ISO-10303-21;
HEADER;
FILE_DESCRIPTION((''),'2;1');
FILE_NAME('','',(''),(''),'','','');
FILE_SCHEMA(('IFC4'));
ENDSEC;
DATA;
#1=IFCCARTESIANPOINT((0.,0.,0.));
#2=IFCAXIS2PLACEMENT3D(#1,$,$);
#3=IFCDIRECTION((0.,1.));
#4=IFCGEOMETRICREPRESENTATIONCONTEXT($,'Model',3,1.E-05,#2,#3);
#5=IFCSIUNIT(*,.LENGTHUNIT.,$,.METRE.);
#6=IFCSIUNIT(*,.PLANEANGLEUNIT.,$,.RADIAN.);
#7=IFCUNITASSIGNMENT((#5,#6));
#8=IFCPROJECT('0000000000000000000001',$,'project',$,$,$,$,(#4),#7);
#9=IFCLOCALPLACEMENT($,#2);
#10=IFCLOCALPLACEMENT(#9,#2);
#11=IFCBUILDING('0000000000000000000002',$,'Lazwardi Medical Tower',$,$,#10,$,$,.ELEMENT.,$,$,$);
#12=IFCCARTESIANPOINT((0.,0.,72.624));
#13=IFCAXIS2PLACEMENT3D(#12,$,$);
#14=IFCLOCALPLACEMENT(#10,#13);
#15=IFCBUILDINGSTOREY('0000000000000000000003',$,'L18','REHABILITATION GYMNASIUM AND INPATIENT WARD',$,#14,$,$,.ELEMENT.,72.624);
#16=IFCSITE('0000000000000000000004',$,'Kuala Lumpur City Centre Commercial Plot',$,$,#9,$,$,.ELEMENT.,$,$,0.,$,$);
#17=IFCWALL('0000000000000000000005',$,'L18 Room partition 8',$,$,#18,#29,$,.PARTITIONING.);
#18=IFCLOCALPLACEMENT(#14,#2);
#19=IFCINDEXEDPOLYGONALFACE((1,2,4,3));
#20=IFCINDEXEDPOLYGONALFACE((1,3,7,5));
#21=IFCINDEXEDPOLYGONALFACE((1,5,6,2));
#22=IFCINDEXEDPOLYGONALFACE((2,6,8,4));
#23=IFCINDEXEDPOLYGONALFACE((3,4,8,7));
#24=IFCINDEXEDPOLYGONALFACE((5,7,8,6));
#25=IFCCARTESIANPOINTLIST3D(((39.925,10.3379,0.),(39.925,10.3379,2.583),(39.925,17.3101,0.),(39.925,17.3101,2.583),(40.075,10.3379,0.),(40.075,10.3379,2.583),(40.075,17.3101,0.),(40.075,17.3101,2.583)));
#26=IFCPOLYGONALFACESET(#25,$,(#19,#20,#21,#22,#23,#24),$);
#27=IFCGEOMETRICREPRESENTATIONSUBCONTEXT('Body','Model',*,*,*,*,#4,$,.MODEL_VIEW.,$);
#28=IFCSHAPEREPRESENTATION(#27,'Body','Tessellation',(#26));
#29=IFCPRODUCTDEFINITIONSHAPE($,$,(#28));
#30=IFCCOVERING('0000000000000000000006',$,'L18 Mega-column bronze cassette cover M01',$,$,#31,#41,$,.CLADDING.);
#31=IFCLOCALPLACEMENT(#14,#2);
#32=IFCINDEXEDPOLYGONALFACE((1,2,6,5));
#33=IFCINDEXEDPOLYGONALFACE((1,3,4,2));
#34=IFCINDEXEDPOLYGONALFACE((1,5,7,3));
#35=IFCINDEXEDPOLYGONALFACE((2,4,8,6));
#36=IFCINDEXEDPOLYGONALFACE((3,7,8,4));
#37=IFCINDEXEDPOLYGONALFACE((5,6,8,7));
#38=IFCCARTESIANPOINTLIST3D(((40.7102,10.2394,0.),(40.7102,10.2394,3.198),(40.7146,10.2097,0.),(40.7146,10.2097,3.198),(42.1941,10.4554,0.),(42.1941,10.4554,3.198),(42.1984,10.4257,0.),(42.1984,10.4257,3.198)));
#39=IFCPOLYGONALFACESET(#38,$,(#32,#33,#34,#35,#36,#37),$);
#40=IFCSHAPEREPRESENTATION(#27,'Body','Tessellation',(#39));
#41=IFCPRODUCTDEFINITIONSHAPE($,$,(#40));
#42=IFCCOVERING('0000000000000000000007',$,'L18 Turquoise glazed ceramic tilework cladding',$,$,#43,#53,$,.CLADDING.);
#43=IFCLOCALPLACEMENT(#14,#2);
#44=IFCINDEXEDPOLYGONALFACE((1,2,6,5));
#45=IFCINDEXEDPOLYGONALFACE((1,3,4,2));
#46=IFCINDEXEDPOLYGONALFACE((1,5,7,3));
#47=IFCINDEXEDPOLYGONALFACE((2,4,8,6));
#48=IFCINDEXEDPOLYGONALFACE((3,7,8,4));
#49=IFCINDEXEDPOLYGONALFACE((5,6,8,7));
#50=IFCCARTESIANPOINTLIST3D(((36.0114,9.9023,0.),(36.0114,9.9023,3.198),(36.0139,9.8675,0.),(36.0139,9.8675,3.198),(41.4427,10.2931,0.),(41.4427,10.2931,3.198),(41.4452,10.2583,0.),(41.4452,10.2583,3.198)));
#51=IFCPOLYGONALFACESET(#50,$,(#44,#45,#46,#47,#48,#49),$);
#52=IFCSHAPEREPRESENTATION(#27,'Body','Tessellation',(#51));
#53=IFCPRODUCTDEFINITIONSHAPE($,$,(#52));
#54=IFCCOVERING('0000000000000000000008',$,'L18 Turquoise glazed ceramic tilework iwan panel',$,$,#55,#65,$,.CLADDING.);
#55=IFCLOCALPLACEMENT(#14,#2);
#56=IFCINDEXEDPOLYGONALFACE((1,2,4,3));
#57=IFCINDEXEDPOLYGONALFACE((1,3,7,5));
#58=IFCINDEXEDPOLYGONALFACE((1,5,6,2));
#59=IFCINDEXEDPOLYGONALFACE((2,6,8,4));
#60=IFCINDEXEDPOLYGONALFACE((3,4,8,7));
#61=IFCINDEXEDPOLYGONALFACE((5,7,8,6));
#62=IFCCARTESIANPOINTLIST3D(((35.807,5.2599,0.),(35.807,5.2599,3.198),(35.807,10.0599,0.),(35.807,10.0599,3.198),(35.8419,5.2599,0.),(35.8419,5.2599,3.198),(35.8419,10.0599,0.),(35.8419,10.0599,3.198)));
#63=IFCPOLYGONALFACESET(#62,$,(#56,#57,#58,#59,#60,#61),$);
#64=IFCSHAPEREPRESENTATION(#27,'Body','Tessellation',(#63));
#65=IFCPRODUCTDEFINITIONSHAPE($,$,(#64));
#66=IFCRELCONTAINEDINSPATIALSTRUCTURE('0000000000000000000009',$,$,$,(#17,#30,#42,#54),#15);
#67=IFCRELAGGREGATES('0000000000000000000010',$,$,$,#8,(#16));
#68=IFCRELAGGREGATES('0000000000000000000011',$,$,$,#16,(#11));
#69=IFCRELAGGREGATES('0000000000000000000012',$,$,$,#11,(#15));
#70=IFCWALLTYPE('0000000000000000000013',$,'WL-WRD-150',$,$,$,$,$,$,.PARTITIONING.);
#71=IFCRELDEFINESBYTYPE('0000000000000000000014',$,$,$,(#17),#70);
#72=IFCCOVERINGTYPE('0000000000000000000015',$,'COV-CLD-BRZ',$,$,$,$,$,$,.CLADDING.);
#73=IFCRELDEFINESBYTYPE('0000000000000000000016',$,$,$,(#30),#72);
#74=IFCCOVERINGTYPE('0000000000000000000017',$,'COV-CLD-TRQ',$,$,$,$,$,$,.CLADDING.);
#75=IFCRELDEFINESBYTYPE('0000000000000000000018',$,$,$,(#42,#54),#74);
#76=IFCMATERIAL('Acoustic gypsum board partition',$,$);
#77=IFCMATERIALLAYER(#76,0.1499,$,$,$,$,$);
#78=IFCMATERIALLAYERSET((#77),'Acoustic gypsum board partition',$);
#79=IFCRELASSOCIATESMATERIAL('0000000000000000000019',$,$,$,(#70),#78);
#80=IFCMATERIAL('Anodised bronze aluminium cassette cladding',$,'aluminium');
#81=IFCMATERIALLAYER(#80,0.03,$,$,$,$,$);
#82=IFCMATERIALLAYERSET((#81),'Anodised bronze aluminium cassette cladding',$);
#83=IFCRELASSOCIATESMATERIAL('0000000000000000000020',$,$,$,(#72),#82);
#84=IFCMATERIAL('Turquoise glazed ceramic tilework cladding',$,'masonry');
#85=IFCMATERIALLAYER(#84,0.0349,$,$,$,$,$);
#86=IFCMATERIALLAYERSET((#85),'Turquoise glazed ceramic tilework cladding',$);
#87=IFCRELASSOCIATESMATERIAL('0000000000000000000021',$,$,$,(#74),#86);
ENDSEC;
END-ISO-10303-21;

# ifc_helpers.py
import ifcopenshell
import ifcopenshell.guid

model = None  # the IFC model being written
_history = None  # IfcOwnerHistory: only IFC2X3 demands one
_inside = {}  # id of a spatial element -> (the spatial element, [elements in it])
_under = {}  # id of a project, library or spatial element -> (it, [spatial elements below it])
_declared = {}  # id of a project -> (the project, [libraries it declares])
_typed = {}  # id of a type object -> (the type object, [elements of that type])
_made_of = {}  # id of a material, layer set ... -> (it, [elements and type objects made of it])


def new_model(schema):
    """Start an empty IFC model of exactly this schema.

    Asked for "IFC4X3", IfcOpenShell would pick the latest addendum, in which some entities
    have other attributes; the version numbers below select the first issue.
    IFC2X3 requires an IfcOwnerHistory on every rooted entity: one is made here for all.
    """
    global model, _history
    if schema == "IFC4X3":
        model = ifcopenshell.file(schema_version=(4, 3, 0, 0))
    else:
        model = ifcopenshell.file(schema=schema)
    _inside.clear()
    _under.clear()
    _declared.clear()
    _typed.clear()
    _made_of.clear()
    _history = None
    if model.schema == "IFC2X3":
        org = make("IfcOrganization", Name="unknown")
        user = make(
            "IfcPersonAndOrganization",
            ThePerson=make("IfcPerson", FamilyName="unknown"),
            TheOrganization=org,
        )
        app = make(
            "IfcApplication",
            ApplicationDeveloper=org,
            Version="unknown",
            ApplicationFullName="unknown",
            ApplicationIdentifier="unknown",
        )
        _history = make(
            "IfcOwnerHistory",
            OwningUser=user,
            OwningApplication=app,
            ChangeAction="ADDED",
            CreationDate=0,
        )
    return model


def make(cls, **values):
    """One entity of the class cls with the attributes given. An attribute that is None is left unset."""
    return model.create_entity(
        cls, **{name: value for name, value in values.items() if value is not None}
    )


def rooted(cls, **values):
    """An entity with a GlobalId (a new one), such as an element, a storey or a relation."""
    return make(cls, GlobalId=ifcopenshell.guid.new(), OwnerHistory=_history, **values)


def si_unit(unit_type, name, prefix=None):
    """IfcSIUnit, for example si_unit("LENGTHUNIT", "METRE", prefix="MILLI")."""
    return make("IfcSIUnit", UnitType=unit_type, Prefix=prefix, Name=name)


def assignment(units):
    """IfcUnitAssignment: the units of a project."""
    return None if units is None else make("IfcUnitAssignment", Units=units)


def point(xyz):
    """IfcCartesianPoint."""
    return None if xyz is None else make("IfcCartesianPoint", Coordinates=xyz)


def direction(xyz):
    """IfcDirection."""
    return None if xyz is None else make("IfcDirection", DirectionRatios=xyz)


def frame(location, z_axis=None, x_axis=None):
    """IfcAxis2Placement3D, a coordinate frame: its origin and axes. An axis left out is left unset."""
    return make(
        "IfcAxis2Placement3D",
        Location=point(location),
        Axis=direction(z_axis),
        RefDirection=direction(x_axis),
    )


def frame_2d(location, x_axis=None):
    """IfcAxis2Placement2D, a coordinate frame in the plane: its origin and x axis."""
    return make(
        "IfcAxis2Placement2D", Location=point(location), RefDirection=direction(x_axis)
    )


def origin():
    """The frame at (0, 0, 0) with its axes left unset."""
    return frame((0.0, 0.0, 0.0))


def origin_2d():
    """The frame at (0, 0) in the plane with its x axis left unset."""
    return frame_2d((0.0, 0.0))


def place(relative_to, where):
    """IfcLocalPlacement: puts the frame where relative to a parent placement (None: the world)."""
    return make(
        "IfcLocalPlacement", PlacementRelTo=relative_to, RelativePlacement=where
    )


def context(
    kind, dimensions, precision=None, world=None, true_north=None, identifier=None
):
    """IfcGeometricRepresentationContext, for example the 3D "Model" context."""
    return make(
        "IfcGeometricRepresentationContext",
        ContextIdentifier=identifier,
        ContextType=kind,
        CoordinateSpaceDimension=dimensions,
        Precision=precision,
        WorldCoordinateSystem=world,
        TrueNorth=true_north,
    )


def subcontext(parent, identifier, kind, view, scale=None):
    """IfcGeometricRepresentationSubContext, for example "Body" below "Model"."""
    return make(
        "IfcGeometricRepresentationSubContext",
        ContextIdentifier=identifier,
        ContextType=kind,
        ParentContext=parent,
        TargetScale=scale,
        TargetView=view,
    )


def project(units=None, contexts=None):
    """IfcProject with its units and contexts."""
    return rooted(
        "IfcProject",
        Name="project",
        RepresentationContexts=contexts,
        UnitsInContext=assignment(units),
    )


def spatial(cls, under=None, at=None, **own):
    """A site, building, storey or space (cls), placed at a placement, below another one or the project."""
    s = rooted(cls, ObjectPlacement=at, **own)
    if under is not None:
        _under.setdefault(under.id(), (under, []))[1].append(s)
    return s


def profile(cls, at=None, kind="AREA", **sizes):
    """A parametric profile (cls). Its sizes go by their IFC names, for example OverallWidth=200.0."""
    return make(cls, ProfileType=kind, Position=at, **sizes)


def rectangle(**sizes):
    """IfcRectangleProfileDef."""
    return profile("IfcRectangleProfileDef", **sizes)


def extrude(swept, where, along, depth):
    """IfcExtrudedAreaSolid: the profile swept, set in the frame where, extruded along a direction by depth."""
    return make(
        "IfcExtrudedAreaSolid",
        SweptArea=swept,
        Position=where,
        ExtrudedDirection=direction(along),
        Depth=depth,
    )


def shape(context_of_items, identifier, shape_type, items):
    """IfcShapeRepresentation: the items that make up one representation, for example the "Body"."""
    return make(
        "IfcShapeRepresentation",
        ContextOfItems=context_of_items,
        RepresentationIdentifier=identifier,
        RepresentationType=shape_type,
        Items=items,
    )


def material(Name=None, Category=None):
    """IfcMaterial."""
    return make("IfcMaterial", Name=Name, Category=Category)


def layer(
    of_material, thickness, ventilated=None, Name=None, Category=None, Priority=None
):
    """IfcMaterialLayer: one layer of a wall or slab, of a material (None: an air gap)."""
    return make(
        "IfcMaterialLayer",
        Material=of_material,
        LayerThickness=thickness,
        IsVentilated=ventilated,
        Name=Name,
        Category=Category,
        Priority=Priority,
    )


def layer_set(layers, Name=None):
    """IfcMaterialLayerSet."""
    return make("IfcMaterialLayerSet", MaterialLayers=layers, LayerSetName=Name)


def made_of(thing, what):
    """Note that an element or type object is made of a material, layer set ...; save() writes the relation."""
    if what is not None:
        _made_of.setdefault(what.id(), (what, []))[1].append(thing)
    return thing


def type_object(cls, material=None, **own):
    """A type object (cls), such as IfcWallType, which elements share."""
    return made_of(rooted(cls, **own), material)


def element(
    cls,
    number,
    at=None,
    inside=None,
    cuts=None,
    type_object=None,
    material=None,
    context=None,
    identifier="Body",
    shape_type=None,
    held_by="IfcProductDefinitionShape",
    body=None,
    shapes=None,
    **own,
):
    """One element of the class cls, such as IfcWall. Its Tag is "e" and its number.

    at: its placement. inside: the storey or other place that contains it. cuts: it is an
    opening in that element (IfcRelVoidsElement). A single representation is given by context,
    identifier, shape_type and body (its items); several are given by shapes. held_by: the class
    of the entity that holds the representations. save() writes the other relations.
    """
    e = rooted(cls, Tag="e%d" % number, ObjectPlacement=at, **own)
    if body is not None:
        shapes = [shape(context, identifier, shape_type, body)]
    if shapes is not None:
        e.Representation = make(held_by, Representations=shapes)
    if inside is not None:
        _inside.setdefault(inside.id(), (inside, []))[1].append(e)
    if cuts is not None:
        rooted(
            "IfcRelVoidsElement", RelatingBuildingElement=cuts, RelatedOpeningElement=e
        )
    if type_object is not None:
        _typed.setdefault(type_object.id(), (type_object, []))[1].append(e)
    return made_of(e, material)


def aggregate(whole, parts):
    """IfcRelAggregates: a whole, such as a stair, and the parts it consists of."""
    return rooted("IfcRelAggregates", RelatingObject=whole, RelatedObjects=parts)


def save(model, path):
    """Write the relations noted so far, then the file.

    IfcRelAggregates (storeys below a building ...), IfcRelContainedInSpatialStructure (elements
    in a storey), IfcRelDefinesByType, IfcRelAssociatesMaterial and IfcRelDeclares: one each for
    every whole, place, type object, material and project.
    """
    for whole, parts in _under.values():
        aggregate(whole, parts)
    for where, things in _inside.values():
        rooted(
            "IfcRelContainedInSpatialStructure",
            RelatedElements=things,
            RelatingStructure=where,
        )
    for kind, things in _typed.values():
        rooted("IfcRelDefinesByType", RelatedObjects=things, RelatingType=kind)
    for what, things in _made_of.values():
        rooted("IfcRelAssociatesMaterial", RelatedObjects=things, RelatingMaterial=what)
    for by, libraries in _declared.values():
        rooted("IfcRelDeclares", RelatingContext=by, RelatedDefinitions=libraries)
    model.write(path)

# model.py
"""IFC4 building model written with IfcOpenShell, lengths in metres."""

from ifc_helpers import new_model, si_unit, direction, frame, frame_2d, origin, origin_2d, place, context, subcontext, project, spatial, rectangle, extrude, material, layer, layer_set, type_object, element, save


model = new_model("IFC4")

# Units and contexts
model_context = context("Model", 3, precision=1e-05, world=origin(), true_north=direction((0.0, 1.0)))
body_context = subcontext(model_context, "Body", "Model", "MODEL_VIEW")
ifc_project = project(units=[si_unit("LENGTHUNIT", "METRE"), si_unit("PLANEANGLEUNIT", "RADIAN")], contexts=[model_context])

# Site, building, storey
site_placement = place(None, origin())
site = spatial("IfcSite", under=ifc_project, at=site_placement, Name="Kuala Lumpur City Centre Commercial Plot", CompositionType="ELEMENT", RefElevation=0.0)
building_placement = place(site_placement, origin())
building = spatial("IfcBuilding", under=site, at=building_placement, Name="Lazwardi Medical Tower", CompositionType="ELEMENT")
storey_placement = place(building_placement, frame((0.0, 0.0, 72.624)))
storey = spatial("IfcBuildingStorey", under=building, at=storey_placement, Name="L18", Description="REHABILITATION GYMNASIUM AND INPATIENT WARD", CompositionType="ELEMENT", Elevation=72.624)

# Wall
ifc_material_1 = material(Name="Acoustic gypsum board partition")
ifc_layer_1 = layer(ifc_material_1, 0.1499)
ifc_layer_set_1 = layer_set([ifc_layer_1], Name="Acoustic gypsum board partition")
wall_type_1 = type_object("IfcWallType", Name="WL-WRD-150", PredefinedType="PARTITIONING", material=ifc_layer_set_1)
wall_1_placement = place(storey_placement, frame((40.0, 10.3379, 0.0), z_axis=(0.0, 0.0, 1.0), x_axis=(0.0, 1.0, 0.0)))
element("IfcWall", 1, at=wall_1_placement, inside=storey, type_object=wall_type_1, Name="L18 Room partition 8", PredefinedType="PARTITIONING", context=body_context, shape_type="SweptSolid", body=[
    extrude(rectangle(XDim=6.9722, YDim=0.1499, at=frame_2d((3.4861, 0.0))), origin(), (0.0, 0.0, 1.0), 2.583),
])

# Coverings
ifc_material_2 = material(Name="Anodised bronze aluminium cassette cladding", Category="aluminium")
ifc_layer_2 = layer(ifc_material_2, 0.03)
ifc_layer_set_2 = layer_set([ifc_layer_2], Name="Anodised bronze aluminium cassette cladding")
covering_type_1 = type_object("IfcCoveringType", Name="COV-CLD-BRZ", PredefinedType="CLADDING", material=ifc_layer_set_2)
covering_1_placement = place(storey_placement, frame((41.4543, 10.3325, 0.0), z_axis=(0.0, 0.0, 1.0), x_axis=(0.989573, 0.144035, 0.0)))
element("IfcCovering", 2, at=covering_1_placement, inside=storey, type_object=covering_type_1, Name="L18 Mega-column bronze cassette cover M01", PredefinedType="CLADDING", context=body_context, shape_type="SweptSolid", body=[
    extrude(rectangle(XDim=1.4995, YDim=0.03, at=origin_2d()), origin(), (0.0, 0.0, 1.0), 3.198),
])
ifc_material_3 = material(Name="Turquoise glazed ceramic tilework cladding", Category="masonry")
ifc_layer_3 = layer(ifc_material_3, 0.0349)
ifc_layer_set_3 = layer_set([ifc_layer_3], Name="Turquoise glazed ceramic tilework cladding")
covering_type_2 = type_object("IfcCoveringType", Name="COV-CLD-TRQ", PredefinedType="CLADDING", material=ifc_layer_set_3)
covering_2_placement = place(storey_placement, frame((38.7283, 10.0803, 0.0), z_axis=(0.0, 0.0, 1.0), x_axis=(0.997421, 0.071767, 0.0)))
element("IfcCovering", 3, at=covering_2_placement, inside=storey, type_object=covering_type_2, Name="L18 Turquoise glazed ceramic tilework cladding", PredefinedType="CLADDING", context=body_context, shape_type="SweptSolid", body=[
    extrude(rectangle(XDim=5.4453, YDim=0.0349, at=origin_2d()), origin(), (0.0, 0.0, 1.0), 3.198),
])
covering_3_placement = place(storey_placement, frame((35.8245, 7.6599, 0.0), z_axis=(0.0, 0.0, 1.0), x_axis=(0.0, 1.0, 0.0)))
element("IfcCovering", 4, at=covering_3_placement, inside=storey, type_object=covering_type_2, Name="L18 Turquoise glazed ceramic tilework iwan panel", PredefinedType="CLADDING", context=body_context, shape_type="SweptSolid", body=[
    extrude(rectangle(XDim=4.8, YDim=0.0349, at=origin_2d()), origin(), (0.0, 0.0, 1.0), 3.198),
])

save(model, "model.ifc")
